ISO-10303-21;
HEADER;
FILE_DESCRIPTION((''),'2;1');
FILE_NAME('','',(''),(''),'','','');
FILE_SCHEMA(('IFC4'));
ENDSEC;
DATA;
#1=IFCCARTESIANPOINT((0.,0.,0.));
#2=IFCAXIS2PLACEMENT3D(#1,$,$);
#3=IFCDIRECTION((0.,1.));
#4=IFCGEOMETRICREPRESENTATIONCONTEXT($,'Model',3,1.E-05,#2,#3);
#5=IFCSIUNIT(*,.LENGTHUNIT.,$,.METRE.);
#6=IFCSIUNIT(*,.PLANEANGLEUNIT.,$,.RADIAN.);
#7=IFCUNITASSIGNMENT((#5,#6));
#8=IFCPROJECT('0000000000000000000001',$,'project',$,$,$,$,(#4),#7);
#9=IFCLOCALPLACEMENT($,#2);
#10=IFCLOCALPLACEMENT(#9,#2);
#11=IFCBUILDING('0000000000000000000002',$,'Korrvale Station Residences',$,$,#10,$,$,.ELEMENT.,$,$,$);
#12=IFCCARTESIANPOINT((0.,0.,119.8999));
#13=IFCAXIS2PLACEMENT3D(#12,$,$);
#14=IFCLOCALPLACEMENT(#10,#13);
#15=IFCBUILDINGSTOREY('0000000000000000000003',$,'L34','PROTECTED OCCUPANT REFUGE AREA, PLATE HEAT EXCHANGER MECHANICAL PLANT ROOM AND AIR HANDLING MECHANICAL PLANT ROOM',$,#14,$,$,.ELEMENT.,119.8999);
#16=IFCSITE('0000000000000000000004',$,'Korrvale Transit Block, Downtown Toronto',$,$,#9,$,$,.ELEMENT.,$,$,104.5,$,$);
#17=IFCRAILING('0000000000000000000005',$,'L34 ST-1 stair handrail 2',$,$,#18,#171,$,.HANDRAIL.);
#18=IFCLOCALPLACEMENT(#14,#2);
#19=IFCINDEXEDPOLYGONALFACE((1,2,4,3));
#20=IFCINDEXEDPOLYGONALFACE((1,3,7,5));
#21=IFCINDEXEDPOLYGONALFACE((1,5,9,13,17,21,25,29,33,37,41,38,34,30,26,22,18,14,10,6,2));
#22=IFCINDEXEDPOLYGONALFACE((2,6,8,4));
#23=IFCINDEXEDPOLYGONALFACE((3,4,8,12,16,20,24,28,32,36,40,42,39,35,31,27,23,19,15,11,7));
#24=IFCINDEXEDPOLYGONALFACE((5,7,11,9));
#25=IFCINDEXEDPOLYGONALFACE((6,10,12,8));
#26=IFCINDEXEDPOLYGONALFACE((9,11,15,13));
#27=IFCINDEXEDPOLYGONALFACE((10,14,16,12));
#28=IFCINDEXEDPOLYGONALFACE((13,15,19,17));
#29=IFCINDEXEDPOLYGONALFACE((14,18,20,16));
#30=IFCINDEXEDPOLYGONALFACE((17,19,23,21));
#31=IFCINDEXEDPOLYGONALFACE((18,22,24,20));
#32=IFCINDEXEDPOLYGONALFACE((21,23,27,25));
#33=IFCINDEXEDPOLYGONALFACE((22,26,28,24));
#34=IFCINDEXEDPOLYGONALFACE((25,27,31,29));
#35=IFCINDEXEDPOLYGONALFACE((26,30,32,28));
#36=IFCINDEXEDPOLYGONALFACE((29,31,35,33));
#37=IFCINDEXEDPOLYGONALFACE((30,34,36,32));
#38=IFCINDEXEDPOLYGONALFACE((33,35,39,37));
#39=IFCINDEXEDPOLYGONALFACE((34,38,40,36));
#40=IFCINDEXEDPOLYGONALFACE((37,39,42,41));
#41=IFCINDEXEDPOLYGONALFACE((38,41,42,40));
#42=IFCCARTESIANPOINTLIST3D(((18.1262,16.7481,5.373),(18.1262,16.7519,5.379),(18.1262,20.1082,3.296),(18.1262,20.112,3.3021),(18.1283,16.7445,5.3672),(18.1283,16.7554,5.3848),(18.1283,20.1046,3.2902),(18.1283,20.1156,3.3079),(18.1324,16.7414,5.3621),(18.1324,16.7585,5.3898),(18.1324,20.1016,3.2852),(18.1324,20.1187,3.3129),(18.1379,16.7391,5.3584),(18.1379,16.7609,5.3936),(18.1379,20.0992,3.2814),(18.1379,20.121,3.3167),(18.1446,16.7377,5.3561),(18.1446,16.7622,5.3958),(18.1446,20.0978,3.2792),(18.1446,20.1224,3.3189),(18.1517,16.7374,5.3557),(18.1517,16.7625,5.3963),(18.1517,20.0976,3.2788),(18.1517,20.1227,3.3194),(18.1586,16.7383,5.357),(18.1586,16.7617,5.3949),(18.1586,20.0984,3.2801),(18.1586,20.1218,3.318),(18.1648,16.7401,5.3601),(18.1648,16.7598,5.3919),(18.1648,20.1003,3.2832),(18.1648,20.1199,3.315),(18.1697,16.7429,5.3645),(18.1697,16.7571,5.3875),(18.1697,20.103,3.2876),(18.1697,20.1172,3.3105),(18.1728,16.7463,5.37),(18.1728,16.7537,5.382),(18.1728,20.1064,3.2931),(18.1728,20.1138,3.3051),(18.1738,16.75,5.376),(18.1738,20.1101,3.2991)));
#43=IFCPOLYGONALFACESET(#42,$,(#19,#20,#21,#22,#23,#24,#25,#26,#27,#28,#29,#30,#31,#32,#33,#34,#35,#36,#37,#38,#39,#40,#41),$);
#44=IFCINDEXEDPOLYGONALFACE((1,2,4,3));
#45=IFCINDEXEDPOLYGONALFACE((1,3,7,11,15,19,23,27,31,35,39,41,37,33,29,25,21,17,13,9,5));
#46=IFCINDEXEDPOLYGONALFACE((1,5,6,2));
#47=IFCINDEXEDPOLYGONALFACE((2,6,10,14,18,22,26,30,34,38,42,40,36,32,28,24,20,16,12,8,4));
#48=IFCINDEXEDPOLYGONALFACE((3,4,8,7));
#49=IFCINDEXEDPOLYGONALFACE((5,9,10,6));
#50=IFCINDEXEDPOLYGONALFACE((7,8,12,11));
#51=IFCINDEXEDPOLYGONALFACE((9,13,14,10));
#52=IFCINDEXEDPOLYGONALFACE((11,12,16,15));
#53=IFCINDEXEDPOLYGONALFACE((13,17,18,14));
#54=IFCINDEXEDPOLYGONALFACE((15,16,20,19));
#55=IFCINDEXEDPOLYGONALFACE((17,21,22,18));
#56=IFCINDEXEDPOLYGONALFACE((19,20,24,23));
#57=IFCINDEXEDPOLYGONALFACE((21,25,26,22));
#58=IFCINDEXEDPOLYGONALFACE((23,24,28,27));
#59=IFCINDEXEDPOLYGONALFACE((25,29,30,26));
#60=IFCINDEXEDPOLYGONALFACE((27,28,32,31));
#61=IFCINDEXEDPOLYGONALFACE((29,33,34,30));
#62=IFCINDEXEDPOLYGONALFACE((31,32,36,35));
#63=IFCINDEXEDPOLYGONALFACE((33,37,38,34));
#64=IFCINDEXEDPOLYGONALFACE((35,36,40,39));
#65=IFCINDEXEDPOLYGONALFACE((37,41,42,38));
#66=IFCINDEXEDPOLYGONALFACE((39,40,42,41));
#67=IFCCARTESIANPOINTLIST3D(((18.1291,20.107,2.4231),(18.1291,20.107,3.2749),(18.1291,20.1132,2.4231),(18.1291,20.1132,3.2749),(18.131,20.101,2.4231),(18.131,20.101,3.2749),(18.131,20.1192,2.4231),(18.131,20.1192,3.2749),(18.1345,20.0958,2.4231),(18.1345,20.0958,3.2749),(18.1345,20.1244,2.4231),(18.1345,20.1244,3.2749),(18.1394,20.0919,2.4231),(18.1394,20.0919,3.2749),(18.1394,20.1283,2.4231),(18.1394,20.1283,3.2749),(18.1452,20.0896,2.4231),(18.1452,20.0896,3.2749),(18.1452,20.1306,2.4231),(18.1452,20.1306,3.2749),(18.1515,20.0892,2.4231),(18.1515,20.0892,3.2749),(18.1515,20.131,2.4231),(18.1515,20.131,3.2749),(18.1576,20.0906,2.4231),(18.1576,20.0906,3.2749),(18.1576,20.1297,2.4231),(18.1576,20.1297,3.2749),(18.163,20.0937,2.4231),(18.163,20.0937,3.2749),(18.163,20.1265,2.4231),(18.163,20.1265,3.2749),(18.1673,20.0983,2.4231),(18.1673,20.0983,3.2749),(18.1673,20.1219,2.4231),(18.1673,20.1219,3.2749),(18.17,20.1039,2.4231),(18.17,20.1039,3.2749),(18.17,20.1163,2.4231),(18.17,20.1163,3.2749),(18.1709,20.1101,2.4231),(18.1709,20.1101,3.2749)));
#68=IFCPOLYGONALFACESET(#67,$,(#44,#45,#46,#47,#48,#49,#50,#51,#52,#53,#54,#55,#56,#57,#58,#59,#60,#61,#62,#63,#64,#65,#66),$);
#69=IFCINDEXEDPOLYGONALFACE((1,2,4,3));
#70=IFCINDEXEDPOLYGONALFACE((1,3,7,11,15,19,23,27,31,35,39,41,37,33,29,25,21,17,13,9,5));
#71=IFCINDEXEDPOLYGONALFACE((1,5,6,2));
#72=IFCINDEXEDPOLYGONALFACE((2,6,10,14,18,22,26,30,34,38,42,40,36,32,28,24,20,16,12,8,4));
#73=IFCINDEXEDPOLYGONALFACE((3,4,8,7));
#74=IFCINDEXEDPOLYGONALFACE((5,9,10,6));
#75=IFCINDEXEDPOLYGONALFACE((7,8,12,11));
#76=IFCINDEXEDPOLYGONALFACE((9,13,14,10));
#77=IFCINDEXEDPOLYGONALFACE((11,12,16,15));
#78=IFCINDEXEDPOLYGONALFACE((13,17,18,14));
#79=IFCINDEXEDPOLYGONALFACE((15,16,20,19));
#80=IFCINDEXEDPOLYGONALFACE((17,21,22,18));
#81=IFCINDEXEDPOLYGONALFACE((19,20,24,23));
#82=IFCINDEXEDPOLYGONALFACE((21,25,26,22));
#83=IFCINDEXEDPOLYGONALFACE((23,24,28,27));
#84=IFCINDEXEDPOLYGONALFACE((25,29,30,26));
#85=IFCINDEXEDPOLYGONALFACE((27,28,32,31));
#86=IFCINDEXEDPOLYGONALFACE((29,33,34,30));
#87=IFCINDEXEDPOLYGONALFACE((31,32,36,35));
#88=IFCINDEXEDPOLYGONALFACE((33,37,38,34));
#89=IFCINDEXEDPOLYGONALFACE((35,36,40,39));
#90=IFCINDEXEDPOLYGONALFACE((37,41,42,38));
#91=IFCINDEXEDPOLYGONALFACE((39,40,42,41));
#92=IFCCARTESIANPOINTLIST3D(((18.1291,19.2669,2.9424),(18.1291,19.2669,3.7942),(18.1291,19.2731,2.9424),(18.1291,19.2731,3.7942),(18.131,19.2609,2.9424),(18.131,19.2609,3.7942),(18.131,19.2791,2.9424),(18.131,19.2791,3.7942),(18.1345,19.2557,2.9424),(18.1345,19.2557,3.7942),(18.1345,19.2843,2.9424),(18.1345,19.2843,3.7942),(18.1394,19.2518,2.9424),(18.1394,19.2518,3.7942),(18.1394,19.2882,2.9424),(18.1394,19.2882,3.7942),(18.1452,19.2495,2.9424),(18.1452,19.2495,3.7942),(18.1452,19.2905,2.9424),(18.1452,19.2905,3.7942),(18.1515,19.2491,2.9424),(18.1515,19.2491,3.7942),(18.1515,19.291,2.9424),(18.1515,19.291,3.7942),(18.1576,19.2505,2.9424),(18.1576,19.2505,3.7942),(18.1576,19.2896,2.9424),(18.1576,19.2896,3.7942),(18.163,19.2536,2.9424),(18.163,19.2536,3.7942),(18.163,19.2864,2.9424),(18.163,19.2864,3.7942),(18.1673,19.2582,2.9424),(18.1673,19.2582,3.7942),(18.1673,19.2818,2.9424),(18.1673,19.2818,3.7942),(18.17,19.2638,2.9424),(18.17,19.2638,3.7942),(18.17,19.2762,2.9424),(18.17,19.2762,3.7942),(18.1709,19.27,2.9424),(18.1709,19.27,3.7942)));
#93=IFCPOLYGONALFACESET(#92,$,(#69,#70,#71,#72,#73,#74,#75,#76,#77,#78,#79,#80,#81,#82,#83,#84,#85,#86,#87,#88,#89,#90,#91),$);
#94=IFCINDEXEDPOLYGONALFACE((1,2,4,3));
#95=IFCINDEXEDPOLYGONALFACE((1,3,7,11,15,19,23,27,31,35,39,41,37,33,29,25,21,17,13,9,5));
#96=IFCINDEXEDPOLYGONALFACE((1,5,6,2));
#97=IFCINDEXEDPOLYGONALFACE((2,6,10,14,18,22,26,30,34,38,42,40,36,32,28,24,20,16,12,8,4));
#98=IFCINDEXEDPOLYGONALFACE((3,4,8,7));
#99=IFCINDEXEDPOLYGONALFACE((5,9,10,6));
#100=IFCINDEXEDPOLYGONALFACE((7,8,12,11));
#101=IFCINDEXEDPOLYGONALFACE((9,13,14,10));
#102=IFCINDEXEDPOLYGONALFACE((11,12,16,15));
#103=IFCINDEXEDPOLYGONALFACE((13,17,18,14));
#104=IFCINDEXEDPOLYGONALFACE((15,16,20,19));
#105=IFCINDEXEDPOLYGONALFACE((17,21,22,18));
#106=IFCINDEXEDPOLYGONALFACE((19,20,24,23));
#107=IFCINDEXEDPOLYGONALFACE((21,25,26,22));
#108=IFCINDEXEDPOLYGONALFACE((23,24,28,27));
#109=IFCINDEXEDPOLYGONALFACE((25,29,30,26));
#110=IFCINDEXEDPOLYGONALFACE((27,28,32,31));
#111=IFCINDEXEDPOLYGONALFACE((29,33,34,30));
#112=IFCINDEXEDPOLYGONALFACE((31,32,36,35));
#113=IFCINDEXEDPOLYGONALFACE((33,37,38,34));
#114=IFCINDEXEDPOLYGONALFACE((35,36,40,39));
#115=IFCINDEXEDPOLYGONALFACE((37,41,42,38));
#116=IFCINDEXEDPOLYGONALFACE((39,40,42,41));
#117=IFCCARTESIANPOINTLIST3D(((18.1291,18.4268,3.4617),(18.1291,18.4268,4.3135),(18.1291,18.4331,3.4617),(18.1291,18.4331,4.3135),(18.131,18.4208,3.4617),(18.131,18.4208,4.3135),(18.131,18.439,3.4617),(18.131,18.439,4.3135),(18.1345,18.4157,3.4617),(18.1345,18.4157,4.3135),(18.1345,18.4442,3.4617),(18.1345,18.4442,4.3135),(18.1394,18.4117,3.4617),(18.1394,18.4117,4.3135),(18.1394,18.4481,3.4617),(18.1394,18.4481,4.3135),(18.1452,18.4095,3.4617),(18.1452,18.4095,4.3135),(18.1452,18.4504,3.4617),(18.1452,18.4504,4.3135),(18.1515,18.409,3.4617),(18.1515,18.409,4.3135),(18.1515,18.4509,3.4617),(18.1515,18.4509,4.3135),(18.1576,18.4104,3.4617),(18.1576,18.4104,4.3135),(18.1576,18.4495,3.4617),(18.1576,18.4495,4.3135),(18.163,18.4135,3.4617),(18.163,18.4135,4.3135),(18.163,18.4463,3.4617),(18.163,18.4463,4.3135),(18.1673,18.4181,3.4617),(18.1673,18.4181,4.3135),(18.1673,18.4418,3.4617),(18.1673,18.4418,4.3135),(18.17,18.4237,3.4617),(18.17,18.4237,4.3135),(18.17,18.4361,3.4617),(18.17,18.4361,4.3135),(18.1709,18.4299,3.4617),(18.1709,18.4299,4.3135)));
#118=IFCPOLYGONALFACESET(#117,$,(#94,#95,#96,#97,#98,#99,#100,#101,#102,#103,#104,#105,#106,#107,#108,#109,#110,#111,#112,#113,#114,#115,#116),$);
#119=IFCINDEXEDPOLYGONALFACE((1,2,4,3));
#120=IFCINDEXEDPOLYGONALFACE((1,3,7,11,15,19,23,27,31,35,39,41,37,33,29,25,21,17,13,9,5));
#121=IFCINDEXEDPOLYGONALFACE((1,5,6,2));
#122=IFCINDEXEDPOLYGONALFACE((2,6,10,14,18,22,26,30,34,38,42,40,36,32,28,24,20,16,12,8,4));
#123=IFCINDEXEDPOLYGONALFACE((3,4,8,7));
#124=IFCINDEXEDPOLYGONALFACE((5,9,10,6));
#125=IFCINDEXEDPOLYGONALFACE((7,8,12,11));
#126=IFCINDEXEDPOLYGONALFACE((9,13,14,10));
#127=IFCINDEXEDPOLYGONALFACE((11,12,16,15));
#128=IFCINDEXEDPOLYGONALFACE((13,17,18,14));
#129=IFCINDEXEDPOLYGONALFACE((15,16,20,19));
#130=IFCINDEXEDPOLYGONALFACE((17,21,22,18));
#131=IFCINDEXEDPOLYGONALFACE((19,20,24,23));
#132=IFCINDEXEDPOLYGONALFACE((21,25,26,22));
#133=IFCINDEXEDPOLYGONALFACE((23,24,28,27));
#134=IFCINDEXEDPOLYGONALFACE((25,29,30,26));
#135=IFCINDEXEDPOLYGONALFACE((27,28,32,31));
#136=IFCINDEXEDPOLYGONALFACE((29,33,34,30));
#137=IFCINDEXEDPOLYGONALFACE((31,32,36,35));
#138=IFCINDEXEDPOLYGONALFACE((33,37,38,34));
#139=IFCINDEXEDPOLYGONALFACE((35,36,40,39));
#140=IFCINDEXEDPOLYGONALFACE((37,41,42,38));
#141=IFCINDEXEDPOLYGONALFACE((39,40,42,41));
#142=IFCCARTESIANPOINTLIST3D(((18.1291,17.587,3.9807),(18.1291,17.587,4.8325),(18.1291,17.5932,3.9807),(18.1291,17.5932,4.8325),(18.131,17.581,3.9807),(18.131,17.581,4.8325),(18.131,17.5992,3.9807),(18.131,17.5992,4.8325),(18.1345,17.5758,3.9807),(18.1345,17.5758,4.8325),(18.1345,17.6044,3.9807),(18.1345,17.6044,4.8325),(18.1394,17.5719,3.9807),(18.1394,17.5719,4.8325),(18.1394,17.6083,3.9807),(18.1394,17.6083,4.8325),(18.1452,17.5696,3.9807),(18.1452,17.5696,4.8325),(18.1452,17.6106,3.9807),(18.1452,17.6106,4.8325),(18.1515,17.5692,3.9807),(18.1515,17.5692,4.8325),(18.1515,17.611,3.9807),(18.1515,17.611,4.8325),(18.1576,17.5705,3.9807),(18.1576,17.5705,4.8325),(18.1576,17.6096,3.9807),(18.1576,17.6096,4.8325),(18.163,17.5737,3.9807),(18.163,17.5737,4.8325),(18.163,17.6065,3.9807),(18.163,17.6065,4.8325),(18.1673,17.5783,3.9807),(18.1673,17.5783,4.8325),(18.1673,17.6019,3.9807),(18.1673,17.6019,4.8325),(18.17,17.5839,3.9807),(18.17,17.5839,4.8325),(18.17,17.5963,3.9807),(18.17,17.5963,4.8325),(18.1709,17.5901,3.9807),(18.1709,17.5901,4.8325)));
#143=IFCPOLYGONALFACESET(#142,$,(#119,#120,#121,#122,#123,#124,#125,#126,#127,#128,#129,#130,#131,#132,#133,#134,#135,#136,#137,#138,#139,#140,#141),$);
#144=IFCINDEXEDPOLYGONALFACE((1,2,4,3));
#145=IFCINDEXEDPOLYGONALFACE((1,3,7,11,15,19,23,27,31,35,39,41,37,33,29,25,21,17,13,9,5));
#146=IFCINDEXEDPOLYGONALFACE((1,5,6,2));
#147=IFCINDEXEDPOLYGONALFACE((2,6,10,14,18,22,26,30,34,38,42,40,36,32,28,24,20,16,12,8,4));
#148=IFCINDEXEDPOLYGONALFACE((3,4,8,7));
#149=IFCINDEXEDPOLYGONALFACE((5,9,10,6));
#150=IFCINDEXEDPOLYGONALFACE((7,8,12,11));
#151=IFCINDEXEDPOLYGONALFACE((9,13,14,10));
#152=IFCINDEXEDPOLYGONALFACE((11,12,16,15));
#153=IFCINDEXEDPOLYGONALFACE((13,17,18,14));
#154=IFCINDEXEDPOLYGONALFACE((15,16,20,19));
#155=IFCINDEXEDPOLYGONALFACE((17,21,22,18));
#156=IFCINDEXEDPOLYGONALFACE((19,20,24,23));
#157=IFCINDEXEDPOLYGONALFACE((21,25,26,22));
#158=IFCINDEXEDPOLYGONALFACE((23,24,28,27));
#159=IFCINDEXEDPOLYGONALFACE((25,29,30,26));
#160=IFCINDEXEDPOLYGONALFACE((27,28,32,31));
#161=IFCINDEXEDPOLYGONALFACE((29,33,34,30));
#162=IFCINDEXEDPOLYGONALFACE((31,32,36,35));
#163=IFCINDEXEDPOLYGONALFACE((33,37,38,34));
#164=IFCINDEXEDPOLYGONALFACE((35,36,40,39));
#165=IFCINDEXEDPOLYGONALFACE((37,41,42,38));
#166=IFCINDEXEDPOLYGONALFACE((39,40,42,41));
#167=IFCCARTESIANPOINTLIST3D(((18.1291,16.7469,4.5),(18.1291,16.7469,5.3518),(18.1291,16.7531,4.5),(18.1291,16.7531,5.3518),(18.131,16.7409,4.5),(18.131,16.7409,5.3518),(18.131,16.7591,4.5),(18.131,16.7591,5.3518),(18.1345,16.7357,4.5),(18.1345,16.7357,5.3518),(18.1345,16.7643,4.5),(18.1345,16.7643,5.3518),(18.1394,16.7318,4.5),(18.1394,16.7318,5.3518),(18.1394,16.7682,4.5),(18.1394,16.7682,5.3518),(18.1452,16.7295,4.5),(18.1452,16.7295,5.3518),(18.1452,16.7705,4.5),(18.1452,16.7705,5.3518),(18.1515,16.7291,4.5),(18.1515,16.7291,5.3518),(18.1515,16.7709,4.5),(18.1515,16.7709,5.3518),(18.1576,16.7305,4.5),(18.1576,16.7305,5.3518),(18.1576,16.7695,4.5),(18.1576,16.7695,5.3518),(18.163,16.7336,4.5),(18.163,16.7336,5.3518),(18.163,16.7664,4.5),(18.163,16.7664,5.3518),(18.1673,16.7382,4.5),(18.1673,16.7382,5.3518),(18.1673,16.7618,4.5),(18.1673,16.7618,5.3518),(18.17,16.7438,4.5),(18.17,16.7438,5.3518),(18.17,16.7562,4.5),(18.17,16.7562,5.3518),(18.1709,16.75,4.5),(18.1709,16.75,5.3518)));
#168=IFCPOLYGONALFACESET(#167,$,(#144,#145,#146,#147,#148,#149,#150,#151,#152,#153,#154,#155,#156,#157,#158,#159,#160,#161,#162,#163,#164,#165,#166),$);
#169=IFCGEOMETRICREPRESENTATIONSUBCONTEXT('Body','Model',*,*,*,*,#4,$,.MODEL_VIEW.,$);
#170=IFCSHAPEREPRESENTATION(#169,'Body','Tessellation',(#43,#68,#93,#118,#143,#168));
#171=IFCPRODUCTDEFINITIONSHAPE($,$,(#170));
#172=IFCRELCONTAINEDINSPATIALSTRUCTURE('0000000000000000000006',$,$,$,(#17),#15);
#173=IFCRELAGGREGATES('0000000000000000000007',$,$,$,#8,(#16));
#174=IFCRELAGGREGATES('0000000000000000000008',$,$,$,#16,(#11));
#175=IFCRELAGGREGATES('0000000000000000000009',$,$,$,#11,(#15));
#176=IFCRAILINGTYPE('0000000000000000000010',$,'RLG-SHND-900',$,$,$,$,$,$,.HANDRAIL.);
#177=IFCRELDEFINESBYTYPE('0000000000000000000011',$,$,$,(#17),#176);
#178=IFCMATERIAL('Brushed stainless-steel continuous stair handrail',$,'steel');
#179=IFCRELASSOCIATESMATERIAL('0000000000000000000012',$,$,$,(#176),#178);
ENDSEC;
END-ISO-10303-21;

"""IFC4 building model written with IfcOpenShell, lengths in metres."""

from ifc_helpers import new_model, si_unit, direction, frame, origin, origin_2d, place, context, subcontext, project, spatial, circle, extrude, material, type_object, element, save


model = new_model("IFC4")

# Units and contexts
model_context = context("Model", 3, precision=1e-05, world=origin(), true_north=direction((0.0, 1.0)))
body_context = subcontext(model_context, "Body", "Model", "MODEL_VIEW")
ifc_project = project(units=[si_unit("LENGTHUNIT", "METRE"), si_unit("PLANEANGLEUNIT", "RADIAN")], contexts=[model_context])

# Site, building, storey
site_placement = place(None, origin())
site = spatial("IfcSite", under=ifc_project, at=site_placement, Name="Korrvale Transit Block, Downtown Toronto", CompositionType="ELEMENT", RefElevation=104.5)
building_placement = place(site_placement, origin())
building = spatial("IfcBuilding", under=site, at=building_placement, Name="Korrvale Station Residences", CompositionType="ELEMENT")
storey_placement = place(building_placement, frame((0.0, 0.0, 119.8999)))
storey = spatial("IfcBuildingStorey", under=building, at=storey_placement, Name="L34", Description="PROTECTED OCCUPANT REFUGE AREA, PLATE HEAT EXCHANGER MECHANICAL PLANT ROOM AND AIR HANDLING MECHANICAL PLANT ROOM", CompositionType="ELEMENT", Elevation=119.8999)

# Railing
ifc_material_1 = material(Name="Brushed stainless-steel continuous stair handrail", Category="steel")
railing_type_1 = type_object("IfcRailingType", Name="RLG-SHND-900", PredefinedType="HANDRAIL", material=ifc_material_1)
railing_1_placement = place(storey_placement, frame((18.1499, 20.1101, 2.4231)))
element("IfcRailing", 1, at=railing_1_placement, inside=storey, type_object=railing_type_1, Name="L34 ST-1 stair handrail 2", PredefinedType="HANDRAIL", context=body_context, shape_type="SweptSolid", body=[
    extrude(circle(Radius=0.0239, at=origin_2d()), frame((0.0, 0.0, 0.876), z_axis=(0.0, -0.850623, 0.525776), x_axis=(1.0, 0.0, 0.0)), (0.0, 0.0, 1.0), 3.9502),
    extrude(circle(Radius=0.021, at=origin_2d()), origin(), (0.0, 0.0, 1.0), 0.8518),
    extrude(circle(Radius=0.021, at=origin_2d()), frame((0.0, -0.8401, 0.5193)), (0.0, 0.0, 1.0), 0.8518),
    extrude(circle(Radius=0.021, at=origin_2d()), frame((0.0, -1.6802, 1.0386)), (0.0, 0.0, 1.0), 0.8518),
    extrude(circle(Radius=0.021, at=origin_2d()), frame((0.0, -2.52, 1.5576)), (0.0, 0.0, 1.0), 0.8518),
    extrude(circle(Radius=0.021, at=origin_2d()), frame((0.0, -3.3601, 2.0769)), (0.0, 0.0, 1.0), 0.8518),
])

save(model, "model.ifc")
